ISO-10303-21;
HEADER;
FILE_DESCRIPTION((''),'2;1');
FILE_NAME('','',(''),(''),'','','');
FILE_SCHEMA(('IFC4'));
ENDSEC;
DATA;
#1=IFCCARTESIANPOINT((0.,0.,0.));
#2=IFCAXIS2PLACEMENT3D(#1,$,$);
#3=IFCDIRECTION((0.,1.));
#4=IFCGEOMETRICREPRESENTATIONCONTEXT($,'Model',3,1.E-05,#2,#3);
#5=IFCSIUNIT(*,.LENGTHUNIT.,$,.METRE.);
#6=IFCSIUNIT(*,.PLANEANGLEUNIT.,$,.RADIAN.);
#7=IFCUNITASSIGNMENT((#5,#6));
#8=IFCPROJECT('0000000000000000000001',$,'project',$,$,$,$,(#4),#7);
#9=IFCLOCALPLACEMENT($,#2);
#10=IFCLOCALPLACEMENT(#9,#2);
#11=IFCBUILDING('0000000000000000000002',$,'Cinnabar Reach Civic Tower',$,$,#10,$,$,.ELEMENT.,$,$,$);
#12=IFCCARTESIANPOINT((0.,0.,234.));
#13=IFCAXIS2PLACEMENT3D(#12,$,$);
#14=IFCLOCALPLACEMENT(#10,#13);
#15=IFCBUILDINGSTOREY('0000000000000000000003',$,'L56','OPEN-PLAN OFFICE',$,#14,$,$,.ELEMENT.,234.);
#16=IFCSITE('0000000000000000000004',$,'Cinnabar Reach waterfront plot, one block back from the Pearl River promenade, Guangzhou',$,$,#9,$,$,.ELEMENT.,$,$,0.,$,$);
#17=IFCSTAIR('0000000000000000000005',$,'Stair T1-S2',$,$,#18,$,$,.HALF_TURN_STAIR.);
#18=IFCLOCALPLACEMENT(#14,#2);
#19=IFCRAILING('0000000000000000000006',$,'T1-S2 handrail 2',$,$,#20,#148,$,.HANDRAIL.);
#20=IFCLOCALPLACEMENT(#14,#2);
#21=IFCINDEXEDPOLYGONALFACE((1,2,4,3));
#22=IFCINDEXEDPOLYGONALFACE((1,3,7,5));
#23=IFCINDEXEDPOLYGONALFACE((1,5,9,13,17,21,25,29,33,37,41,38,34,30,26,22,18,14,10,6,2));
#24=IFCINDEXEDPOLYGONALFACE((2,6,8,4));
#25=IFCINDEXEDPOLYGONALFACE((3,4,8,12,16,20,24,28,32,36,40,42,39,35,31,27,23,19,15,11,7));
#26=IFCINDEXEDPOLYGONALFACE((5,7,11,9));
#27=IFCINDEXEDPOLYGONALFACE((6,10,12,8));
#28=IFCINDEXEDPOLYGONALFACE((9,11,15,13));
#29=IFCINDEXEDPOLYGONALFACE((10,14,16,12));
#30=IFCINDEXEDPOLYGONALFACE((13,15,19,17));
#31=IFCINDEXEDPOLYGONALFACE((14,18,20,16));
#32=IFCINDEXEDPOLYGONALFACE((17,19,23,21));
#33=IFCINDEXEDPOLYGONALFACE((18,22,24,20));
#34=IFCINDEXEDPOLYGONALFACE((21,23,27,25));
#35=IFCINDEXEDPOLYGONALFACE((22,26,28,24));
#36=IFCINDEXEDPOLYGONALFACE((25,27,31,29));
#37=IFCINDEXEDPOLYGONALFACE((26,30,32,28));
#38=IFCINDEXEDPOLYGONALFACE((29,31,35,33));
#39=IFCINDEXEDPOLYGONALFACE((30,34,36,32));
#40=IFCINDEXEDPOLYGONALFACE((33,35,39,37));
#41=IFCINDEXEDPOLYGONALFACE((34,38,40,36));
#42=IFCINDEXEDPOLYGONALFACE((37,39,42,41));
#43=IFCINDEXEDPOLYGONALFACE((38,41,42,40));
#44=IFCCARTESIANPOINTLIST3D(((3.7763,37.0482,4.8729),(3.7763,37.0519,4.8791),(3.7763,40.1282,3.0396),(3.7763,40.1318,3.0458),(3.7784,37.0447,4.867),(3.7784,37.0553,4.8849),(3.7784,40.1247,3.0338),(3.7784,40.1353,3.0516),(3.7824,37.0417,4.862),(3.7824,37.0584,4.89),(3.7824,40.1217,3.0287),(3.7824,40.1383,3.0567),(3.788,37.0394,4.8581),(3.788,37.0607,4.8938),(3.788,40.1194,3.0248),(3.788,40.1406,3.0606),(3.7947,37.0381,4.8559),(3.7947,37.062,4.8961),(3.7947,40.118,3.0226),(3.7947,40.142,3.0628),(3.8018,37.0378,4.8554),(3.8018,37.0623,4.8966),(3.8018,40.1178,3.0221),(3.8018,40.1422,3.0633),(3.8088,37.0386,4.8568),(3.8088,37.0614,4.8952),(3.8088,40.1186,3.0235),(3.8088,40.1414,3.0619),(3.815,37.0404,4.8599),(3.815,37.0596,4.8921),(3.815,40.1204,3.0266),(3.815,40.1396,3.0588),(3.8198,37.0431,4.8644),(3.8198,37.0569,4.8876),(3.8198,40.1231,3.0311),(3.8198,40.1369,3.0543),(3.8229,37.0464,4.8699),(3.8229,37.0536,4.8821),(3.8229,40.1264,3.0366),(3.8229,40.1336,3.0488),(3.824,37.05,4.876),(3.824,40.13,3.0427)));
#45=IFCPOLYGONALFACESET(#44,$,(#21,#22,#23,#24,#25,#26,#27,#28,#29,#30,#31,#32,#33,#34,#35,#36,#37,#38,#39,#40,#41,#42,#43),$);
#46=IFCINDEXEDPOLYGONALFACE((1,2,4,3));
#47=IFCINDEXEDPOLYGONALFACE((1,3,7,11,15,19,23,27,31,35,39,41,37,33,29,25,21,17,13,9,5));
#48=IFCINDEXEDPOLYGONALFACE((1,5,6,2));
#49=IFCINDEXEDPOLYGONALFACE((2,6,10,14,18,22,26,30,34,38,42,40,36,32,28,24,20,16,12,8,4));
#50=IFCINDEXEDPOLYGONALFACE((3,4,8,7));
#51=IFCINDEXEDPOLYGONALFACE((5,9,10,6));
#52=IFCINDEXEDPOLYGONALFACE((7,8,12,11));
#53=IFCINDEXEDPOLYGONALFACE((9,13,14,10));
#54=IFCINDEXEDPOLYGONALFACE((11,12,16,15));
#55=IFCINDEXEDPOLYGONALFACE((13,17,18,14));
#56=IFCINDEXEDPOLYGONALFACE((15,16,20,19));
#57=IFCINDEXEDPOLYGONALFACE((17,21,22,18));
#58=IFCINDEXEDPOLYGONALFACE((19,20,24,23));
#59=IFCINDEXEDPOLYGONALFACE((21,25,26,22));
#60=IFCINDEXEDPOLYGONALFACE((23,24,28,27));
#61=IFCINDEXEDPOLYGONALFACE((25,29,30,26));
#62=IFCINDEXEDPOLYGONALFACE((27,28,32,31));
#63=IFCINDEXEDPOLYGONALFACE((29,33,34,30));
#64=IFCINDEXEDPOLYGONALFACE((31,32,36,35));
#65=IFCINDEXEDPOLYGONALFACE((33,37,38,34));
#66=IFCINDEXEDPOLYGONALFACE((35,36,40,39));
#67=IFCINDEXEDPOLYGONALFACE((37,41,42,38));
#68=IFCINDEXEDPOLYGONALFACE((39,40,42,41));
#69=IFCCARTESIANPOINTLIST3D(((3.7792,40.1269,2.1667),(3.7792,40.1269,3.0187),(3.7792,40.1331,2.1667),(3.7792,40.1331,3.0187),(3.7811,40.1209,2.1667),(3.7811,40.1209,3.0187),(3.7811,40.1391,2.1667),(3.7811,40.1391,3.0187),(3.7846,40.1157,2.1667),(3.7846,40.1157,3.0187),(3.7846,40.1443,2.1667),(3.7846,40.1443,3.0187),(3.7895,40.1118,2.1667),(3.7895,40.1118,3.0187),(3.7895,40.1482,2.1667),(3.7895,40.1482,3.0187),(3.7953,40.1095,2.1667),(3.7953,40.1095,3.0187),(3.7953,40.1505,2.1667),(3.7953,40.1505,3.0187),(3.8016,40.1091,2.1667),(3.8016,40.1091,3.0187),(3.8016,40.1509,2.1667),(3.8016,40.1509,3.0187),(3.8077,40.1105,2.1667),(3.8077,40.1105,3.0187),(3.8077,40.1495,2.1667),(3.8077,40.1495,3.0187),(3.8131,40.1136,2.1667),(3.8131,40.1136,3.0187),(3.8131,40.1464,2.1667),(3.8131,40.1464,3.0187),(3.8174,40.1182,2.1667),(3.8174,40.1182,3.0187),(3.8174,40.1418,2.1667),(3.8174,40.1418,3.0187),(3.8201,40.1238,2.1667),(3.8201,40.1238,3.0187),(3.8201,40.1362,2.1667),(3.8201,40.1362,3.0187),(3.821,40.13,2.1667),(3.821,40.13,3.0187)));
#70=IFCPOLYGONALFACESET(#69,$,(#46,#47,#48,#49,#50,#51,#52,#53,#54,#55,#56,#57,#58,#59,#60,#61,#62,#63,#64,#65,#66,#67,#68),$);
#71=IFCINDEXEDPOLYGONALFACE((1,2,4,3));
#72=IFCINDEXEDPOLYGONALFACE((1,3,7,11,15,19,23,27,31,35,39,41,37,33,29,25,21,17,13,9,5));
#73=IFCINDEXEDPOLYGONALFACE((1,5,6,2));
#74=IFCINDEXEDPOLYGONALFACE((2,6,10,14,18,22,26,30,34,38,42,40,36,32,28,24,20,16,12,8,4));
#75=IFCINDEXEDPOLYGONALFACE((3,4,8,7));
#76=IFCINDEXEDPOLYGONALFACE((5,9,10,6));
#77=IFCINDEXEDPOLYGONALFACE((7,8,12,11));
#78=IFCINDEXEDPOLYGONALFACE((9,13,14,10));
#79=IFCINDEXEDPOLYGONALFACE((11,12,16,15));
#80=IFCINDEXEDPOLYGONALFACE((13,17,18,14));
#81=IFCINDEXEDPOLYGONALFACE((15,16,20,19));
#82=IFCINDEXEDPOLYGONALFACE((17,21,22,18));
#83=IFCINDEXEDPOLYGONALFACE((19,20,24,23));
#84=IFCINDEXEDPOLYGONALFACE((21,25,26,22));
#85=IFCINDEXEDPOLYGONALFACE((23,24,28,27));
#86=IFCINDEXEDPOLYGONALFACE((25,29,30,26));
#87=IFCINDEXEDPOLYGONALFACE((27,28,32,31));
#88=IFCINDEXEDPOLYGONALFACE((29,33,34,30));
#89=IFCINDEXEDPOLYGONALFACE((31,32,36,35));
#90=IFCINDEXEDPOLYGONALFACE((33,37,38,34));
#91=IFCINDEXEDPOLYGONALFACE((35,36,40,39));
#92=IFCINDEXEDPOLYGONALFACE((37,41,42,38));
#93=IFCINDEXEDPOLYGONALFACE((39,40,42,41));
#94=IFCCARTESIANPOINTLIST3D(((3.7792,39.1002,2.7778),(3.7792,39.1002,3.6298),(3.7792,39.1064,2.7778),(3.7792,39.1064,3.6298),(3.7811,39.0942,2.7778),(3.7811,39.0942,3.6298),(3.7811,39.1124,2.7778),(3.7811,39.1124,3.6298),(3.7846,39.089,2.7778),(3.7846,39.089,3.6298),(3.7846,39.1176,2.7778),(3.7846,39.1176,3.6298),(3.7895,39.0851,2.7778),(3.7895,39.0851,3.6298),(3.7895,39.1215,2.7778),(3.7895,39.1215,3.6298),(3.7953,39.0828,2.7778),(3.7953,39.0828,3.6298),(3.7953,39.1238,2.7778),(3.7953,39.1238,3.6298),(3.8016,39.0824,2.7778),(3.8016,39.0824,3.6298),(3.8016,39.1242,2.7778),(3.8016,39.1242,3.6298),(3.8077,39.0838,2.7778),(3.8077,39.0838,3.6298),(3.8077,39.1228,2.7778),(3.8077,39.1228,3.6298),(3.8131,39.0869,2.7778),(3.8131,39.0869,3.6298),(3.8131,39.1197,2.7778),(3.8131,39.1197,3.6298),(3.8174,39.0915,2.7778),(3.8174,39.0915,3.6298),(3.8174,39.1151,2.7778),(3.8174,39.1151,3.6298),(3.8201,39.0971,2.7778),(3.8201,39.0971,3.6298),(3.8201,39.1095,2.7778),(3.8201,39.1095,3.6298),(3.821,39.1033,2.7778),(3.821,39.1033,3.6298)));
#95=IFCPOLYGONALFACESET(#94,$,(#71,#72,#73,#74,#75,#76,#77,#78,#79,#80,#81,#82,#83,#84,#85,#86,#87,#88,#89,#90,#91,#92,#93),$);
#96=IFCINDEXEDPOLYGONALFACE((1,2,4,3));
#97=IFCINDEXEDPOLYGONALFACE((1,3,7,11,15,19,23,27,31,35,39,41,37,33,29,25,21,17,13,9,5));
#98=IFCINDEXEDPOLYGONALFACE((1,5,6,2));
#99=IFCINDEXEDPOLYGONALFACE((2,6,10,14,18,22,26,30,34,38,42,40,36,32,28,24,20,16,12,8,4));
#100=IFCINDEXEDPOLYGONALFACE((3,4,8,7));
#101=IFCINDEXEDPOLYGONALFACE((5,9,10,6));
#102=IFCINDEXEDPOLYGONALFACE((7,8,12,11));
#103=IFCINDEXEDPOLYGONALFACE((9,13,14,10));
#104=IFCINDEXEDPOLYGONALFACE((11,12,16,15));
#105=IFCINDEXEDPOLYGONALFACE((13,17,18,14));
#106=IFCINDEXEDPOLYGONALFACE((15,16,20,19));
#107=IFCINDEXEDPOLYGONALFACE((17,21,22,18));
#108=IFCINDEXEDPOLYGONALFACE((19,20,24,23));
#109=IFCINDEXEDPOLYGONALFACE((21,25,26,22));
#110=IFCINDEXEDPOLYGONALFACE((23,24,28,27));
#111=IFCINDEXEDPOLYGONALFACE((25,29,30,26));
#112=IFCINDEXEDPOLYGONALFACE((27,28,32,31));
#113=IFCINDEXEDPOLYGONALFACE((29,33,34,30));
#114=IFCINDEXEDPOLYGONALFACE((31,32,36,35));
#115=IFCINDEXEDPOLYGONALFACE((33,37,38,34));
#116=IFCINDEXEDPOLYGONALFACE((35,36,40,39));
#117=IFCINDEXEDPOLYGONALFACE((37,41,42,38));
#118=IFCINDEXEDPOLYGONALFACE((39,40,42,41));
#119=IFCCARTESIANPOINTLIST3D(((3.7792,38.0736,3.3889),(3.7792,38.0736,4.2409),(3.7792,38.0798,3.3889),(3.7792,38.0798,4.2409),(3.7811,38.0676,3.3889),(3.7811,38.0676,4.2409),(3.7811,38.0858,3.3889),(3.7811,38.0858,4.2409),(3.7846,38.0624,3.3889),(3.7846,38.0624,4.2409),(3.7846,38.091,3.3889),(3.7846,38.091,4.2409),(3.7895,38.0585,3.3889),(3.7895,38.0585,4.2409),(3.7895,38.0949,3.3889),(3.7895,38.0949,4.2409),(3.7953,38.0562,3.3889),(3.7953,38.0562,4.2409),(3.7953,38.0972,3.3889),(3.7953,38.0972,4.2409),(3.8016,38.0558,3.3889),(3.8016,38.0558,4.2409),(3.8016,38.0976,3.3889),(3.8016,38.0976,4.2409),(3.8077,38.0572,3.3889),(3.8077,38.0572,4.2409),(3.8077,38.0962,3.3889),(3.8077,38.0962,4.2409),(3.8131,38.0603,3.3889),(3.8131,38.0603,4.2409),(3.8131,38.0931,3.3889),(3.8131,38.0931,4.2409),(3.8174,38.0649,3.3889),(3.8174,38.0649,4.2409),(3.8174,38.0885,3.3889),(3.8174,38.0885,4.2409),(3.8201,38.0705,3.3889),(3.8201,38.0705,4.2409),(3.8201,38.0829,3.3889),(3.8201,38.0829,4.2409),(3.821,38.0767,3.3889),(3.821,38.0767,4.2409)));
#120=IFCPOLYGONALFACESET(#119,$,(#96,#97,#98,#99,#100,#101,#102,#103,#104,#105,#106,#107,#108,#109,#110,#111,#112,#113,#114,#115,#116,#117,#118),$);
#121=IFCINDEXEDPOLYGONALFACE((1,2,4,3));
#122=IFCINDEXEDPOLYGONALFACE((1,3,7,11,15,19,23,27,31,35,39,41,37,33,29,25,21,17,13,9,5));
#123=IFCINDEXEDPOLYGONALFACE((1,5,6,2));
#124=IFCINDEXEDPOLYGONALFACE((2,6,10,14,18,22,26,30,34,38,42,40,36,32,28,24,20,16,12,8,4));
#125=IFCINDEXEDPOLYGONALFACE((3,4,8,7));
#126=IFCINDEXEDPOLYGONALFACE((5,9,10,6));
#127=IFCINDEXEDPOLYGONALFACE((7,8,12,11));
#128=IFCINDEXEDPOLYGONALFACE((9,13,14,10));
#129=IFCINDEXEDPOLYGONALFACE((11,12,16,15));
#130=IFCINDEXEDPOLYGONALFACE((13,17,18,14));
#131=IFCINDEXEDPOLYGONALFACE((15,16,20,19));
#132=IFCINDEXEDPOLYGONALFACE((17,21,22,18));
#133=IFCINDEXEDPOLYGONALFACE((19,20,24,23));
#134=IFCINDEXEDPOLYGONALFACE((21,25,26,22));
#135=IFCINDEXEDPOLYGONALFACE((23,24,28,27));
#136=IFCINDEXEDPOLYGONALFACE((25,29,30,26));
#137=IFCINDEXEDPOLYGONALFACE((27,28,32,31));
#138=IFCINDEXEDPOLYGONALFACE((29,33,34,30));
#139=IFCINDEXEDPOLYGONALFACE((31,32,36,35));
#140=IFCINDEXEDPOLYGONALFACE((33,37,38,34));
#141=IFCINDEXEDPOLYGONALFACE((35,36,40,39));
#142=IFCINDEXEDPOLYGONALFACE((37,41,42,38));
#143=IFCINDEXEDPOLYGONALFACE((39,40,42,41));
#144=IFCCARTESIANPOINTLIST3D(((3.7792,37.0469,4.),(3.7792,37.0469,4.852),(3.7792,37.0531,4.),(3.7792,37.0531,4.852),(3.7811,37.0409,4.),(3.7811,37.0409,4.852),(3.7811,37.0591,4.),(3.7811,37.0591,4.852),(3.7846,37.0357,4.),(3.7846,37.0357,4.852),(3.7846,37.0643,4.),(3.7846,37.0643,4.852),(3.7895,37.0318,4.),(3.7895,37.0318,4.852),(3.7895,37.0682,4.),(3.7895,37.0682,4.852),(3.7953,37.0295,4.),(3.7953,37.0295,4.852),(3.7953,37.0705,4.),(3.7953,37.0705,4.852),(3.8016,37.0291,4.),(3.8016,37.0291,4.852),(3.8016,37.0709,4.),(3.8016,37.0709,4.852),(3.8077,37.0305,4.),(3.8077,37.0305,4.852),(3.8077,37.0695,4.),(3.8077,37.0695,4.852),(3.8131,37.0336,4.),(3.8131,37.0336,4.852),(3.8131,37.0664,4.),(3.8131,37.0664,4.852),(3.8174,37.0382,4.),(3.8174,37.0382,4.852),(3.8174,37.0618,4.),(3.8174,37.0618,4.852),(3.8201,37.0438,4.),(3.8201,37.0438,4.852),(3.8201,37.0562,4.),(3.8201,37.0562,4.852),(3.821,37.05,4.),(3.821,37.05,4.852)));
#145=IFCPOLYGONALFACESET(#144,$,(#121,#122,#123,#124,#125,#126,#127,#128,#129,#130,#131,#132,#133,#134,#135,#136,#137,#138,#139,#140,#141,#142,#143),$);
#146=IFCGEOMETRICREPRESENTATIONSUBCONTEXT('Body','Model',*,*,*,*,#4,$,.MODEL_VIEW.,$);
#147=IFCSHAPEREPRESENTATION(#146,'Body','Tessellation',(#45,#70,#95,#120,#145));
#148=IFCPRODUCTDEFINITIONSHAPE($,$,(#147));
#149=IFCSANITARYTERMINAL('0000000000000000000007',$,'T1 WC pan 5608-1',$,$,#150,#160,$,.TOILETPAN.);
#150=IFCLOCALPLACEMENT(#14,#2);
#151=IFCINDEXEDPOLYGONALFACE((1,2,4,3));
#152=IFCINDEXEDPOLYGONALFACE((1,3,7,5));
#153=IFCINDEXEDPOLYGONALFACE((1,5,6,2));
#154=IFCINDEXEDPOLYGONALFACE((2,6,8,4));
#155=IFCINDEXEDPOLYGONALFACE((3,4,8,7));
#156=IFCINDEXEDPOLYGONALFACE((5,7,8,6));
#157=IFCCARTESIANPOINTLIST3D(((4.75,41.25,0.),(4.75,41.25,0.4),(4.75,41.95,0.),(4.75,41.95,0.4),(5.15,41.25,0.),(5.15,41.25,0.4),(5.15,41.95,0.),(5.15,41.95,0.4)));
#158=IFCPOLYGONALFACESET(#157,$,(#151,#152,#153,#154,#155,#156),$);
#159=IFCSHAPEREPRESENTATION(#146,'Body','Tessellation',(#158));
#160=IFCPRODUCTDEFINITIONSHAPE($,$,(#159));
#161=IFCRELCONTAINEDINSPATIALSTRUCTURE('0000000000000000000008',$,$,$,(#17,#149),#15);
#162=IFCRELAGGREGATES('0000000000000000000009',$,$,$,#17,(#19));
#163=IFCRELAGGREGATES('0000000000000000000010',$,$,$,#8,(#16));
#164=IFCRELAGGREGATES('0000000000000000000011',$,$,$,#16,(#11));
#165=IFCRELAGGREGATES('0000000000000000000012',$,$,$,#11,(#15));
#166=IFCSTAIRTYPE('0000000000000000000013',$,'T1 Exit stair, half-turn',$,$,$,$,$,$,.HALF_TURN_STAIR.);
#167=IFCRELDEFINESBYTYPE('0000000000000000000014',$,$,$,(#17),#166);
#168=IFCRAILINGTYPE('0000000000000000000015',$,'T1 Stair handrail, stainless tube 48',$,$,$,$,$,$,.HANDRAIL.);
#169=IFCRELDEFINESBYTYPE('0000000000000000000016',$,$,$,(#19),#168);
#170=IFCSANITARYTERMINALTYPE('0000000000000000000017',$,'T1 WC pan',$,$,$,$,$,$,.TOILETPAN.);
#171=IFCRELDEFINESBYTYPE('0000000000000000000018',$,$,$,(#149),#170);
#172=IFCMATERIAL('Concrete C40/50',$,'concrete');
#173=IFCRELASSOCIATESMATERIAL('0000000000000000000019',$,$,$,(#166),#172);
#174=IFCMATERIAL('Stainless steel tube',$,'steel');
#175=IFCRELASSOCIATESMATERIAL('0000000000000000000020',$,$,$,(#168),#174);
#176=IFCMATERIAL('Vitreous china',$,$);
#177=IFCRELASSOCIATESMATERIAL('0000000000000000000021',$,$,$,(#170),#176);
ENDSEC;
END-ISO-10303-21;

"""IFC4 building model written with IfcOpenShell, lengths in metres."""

from ifc_helpers import new_model, si_unit, direction, frame, origin, origin_2d, place, context, subcontext, project, spatial, rectangle, circle, extrude, material, type_object, element, aggregate, save


model = new_model("IFC4")

# Units and contexts
model_context = context("Model", 3, precision=1e-05, world=origin(), true_north=direction((0.0, 1.0)))
body_context = subcontext(model_context, "Body", "Model", "MODEL_VIEW")
ifc_project = project(units=[si_unit("LENGTHUNIT", "METRE"), si_unit("PLANEANGLEUNIT", "RADIAN")], contexts=[model_context])

# Site, building, storey
site_placement = place(None, origin())
site = spatial("IfcSite", under=ifc_project, at=site_placement, Name="Cinnabar Reach waterfront plot, one block back from the Pearl River promenade, Guangzhou", CompositionType="ELEMENT", RefElevation=0.0)
building_placement = place(site_placement, origin())
building = spatial("IfcBuilding", under=site, at=building_placement, Name="Cinnabar Reach Civic Tower", CompositionType="ELEMENT")
storey_placement = place(building_placement, frame((0.0, 0.0, 234.0)))
storey = spatial("IfcBuildingStorey", under=building, at=storey_placement, Name="L56", Description="OPEN-PLAN OFFICE", CompositionType="ELEMENT", Elevation=234.0)

# Shared definitions
ifc_material_1 = material(Name="Concrete C40/50", Category="concrete")

# Stair, railing
stair_type = type_object("IfcStairType", Name="T1 Exit stair, half-turn", PredefinedType="HALF_TURN_STAIR", material=ifc_material_1)
stair_placement = place(storey_placement, origin())
stair = element("IfcStair", 1, at=stair_placement, inside=storey, type_object=stair_type, Name="Stair T1-S2", PredefinedType="HALF_TURN_STAIR")
ifc_material_2 = material(Name="Stainless steel tube", Category="steel")
railing_type = type_object("IfcRailingType", Name="T1 Stair handrail, stainless tube 48", PredefinedType="HANDRAIL", material=ifc_material_2)
railing_1_placement = place(storey_placement, frame((3.8, 40.13, 2.1667)))
railing_1 = element("IfcRailing", 2, at=railing_1_placement, type_object=railing_type, Name="T1-S2 handrail 2", PredefinedType="HANDRAIL", context=body_context, shape_type="SweptSolid", body=[
    extrude(circle(Radius=0.024, at=origin_2d()), frame((0.0, 0.0, 0.876), z_axis=(0.0, -0.859297, 0.511477), x_axis=(1.0, 0.0, 0.0)), (0.0, 0.0, 1.0), 3.5843),
    extrude(circle(Radius=0.021, at=origin_2d()), origin(), (0.0, 0.0, 1.0), 0.852),
    extrude(circle(Radius=0.021, at=origin_2d()), frame((0.0, -1.0267, 0.6111)), (0.0, 0.0, 1.0), 0.852),
    extrude(circle(Radius=0.021, at=origin_2d()), frame((0.0, -2.0533, 1.2222)), (0.0, 0.0, 1.0), 0.852),
    extrude(circle(Radius=0.021, at=origin_2d()), frame((0.0, -3.08, 1.8333)), (0.0, 0.0, 1.0), 0.852),
])
aggregate(stair, [railing_1])

# Sanitary terminal
ifc_material_3 = material(Name="Vitreous china")
sanitary_terminal_type = type_object("IfcSanitaryTerminalType", Name="T1 WC pan", PredefinedType="TOILETPAN", material=ifc_material_3)
sanitary_terminal_placement = place(storey_placement, frame((4.95, 41.6, 0.0), z_axis=(0.0, 0.0, 1.0), x_axis=(1.0, 0.0, 0.0)))
element("IfcSanitaryTerminal", 3, at=sanitary_terminal_placement, inside=storey, type_object=sanitary_terminal_type, Name="T1 WC pan 5608-1", PredefinedType="TOILETPAN", context=body_context, shape_type="SweptSolid", body=[
    extrude(rectangle(XDim=0.4, YDim=0.7, at=origin_2d()), origin(), (0.0, 0.0, 1.0), 0.4),
])

save(model, "model.ifc")
